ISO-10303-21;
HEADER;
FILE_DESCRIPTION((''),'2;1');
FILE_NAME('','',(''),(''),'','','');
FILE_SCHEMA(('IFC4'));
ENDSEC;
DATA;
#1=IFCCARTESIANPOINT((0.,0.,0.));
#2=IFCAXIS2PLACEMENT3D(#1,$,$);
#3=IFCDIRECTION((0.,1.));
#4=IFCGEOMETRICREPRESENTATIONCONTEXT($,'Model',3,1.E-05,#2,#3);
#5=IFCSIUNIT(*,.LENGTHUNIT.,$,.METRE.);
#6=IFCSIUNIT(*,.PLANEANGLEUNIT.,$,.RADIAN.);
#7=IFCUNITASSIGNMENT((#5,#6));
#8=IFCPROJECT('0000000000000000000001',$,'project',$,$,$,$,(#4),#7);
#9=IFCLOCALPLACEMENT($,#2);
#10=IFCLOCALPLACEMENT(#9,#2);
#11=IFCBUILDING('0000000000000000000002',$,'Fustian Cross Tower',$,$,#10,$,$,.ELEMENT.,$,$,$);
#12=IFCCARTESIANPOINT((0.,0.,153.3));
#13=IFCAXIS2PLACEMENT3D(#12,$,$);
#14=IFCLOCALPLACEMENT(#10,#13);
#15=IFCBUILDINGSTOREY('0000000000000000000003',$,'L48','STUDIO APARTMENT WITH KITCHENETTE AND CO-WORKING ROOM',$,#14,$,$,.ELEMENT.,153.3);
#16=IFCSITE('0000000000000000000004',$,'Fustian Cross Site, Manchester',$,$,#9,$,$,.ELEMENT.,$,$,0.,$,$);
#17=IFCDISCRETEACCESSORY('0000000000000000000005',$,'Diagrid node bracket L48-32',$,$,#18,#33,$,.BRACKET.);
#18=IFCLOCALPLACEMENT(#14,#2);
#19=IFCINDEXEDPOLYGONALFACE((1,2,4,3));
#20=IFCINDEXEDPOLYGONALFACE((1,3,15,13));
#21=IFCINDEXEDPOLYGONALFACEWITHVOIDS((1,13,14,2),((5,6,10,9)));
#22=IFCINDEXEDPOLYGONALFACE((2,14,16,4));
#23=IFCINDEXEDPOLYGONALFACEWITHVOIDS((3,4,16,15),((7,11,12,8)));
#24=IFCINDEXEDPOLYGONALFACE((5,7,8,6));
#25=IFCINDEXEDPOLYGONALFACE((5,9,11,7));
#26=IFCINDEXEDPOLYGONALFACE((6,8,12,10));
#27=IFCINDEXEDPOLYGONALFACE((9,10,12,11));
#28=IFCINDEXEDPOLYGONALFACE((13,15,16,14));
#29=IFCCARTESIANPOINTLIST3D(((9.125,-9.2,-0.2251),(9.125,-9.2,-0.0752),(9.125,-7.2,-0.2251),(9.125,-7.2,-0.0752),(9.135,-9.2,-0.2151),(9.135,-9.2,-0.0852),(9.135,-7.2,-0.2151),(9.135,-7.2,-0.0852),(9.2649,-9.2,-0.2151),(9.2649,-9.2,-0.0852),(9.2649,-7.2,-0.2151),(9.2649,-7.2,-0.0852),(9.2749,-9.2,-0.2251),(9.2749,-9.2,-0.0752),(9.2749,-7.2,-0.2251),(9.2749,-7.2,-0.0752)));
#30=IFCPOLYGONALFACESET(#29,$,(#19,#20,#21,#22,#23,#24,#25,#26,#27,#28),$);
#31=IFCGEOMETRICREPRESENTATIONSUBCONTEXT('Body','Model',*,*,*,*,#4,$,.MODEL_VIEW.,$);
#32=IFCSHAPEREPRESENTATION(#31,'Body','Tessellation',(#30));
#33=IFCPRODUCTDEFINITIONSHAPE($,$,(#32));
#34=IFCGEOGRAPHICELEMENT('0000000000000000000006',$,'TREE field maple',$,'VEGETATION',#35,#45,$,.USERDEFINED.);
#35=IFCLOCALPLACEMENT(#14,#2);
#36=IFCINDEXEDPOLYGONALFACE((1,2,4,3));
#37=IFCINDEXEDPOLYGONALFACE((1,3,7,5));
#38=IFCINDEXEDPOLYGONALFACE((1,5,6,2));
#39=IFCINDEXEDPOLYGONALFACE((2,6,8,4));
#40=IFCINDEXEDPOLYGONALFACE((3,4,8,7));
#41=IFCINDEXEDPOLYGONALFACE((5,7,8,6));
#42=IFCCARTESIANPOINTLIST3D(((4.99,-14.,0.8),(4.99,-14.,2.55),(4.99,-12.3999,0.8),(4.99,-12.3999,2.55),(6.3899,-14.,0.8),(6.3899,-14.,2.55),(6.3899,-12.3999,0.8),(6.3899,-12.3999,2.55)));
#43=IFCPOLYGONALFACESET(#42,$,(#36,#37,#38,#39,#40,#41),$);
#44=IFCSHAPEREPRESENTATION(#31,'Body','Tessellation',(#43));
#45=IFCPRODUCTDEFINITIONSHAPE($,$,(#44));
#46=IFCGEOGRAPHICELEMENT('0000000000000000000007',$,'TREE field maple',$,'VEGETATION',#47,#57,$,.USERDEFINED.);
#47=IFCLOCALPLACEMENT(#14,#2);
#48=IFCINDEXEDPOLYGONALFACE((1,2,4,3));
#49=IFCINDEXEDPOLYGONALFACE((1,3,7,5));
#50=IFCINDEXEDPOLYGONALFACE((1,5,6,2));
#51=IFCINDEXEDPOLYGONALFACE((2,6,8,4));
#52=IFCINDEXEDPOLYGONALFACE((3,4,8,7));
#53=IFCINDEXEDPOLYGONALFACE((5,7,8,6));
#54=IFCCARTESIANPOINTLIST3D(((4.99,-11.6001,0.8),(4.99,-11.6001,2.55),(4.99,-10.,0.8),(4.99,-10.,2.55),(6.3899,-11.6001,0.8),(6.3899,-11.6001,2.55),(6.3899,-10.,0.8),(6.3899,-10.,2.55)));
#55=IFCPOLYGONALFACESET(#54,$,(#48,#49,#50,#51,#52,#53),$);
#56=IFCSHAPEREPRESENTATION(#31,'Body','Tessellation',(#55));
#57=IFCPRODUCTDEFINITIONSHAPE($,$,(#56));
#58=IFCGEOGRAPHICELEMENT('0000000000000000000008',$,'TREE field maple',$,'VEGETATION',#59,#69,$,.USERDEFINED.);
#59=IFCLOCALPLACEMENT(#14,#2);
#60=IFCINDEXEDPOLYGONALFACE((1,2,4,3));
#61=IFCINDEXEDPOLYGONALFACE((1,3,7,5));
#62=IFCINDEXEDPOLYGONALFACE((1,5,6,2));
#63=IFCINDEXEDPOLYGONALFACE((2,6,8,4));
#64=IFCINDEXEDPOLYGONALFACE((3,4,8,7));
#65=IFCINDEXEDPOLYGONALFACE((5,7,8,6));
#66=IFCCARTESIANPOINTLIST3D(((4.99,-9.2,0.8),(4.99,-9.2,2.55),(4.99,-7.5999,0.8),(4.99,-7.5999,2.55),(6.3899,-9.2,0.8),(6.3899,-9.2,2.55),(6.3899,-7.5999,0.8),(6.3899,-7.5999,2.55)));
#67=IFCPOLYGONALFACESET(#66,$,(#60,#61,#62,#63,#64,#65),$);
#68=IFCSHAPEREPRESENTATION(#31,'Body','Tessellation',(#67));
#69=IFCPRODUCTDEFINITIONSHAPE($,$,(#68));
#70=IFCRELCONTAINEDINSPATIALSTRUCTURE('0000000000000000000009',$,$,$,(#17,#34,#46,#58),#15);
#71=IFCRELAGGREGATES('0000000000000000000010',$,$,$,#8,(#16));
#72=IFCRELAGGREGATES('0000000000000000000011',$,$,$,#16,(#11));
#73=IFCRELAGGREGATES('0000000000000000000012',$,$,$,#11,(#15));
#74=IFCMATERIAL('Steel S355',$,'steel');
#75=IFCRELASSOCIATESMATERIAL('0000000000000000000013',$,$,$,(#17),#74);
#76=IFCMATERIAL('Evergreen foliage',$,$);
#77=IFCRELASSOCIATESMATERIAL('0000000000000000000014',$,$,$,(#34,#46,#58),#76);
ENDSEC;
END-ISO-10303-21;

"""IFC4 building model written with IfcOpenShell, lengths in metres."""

from ifc_helpers import new_model, si_unit, direction, frame, origin, origin_2d, place, context, subcontext, project, spatial, rectangle, hollow_rectangle, extrude, material, element, save


model = new_model("IFC4")

# Units and contexts
model_context = context("Model", 3, precision=1e-05, world=origin(), true_north=direction((0.0, 1.0)))
body_context = subcontext(model_context, "Body", "Model", "MODEL_VIEW")
ifc_project = project(units=[si_unit("LENGTHUNIT", "METRE"), si_unit("PLANEANGLEUNIT", "RADIAN")], contexts=[model_context])

# Site, building, storey
site_placement = place(None, origin())
site = spatial("IfcSite", under=ifc_project, at=site_placement, Name="Fustian Cross Site, Manchester", CompositionType="ELEMENT", RefElevation=0.0)
building_placement = place(site_placement, origin())
building = spatial("IfcBuilding", under=site, at=building_placement, Name="Fustian Cross Tower", CompositionType="ELEMENT")
storey_placement = place(building_placement, frame((0.0, 0.0, 153.3)))
storey = spatial("IfcBuildingStorey", under=building, at=storey_placement, Name="L48", Description="STUDIO APARTMENT WITH KITCHENETTE AND CO-WORKING ROOM", CompositionType="ELEMENT", Elevation=153.3)

# Discrete accessory
ifc_material_1 = material(Name="Steel S355", Category="steel")
discrete_accessory_placement = place(storey_placement, frame((9.2, -9.2, -0.1501), z_axis=(0.0, 1.0, 0.0), x_axis=(-1.0, 0.0, 0.0)))
element("IfcDiscreteAccessory", 1, at=discrete_accessory_placement, inside=storey, material=ifc_material_1, Name="Diagrid node bracket L48-32", PredefinedType="BRACKET", context=body_context, shape_type="SweptSolid", body=[
    extrude(hollow_rectangle(XDim=0.1499, YDim=0.1499, WallThickness=0.01, at=origin_2d()), origin(), (0.0, 0.0, 1.0), 2.0),
])

# Geographic elements
ifc_material_2 = material(Name="Evergreen foliage")
for number, where, z_axis, x_axis, name in (
    (2, (5.6899, -13.2, 0.8), (0.0, 0.0, 1.0), (1.0, 0.0, 0.0), "TREE field maple"),
    (3, (5.6899, -10.8, 0.8), (0.0, 0.0, 1.0), (1.0, 0.0, 0.0), "TREE field maple"),
    (4, (5.6899, -8.3999, 0.8), (0.0, 0.0, 1.0), (1.0, 0.0, 0.0), "TREE field maple"),
):
    element("IfcGeographicElement", number, at=place(storey_placement, frame(where, z_axis=z_axis, x_axis=x_axis)), inside=storey, material=ifc_material_2, Name=name, ObjectType="VEGETATION", PredefinedType="USERDEFINED", context=body_context, shape_type="SweptSolid", body=[
        extrude(rectangle(XDim=1.3999, YDim=1.6001, at=origin_2d()), origin(), (0.0, 0.0, 1.0), 1.75),
    ])

save(model, "model.ifc")
